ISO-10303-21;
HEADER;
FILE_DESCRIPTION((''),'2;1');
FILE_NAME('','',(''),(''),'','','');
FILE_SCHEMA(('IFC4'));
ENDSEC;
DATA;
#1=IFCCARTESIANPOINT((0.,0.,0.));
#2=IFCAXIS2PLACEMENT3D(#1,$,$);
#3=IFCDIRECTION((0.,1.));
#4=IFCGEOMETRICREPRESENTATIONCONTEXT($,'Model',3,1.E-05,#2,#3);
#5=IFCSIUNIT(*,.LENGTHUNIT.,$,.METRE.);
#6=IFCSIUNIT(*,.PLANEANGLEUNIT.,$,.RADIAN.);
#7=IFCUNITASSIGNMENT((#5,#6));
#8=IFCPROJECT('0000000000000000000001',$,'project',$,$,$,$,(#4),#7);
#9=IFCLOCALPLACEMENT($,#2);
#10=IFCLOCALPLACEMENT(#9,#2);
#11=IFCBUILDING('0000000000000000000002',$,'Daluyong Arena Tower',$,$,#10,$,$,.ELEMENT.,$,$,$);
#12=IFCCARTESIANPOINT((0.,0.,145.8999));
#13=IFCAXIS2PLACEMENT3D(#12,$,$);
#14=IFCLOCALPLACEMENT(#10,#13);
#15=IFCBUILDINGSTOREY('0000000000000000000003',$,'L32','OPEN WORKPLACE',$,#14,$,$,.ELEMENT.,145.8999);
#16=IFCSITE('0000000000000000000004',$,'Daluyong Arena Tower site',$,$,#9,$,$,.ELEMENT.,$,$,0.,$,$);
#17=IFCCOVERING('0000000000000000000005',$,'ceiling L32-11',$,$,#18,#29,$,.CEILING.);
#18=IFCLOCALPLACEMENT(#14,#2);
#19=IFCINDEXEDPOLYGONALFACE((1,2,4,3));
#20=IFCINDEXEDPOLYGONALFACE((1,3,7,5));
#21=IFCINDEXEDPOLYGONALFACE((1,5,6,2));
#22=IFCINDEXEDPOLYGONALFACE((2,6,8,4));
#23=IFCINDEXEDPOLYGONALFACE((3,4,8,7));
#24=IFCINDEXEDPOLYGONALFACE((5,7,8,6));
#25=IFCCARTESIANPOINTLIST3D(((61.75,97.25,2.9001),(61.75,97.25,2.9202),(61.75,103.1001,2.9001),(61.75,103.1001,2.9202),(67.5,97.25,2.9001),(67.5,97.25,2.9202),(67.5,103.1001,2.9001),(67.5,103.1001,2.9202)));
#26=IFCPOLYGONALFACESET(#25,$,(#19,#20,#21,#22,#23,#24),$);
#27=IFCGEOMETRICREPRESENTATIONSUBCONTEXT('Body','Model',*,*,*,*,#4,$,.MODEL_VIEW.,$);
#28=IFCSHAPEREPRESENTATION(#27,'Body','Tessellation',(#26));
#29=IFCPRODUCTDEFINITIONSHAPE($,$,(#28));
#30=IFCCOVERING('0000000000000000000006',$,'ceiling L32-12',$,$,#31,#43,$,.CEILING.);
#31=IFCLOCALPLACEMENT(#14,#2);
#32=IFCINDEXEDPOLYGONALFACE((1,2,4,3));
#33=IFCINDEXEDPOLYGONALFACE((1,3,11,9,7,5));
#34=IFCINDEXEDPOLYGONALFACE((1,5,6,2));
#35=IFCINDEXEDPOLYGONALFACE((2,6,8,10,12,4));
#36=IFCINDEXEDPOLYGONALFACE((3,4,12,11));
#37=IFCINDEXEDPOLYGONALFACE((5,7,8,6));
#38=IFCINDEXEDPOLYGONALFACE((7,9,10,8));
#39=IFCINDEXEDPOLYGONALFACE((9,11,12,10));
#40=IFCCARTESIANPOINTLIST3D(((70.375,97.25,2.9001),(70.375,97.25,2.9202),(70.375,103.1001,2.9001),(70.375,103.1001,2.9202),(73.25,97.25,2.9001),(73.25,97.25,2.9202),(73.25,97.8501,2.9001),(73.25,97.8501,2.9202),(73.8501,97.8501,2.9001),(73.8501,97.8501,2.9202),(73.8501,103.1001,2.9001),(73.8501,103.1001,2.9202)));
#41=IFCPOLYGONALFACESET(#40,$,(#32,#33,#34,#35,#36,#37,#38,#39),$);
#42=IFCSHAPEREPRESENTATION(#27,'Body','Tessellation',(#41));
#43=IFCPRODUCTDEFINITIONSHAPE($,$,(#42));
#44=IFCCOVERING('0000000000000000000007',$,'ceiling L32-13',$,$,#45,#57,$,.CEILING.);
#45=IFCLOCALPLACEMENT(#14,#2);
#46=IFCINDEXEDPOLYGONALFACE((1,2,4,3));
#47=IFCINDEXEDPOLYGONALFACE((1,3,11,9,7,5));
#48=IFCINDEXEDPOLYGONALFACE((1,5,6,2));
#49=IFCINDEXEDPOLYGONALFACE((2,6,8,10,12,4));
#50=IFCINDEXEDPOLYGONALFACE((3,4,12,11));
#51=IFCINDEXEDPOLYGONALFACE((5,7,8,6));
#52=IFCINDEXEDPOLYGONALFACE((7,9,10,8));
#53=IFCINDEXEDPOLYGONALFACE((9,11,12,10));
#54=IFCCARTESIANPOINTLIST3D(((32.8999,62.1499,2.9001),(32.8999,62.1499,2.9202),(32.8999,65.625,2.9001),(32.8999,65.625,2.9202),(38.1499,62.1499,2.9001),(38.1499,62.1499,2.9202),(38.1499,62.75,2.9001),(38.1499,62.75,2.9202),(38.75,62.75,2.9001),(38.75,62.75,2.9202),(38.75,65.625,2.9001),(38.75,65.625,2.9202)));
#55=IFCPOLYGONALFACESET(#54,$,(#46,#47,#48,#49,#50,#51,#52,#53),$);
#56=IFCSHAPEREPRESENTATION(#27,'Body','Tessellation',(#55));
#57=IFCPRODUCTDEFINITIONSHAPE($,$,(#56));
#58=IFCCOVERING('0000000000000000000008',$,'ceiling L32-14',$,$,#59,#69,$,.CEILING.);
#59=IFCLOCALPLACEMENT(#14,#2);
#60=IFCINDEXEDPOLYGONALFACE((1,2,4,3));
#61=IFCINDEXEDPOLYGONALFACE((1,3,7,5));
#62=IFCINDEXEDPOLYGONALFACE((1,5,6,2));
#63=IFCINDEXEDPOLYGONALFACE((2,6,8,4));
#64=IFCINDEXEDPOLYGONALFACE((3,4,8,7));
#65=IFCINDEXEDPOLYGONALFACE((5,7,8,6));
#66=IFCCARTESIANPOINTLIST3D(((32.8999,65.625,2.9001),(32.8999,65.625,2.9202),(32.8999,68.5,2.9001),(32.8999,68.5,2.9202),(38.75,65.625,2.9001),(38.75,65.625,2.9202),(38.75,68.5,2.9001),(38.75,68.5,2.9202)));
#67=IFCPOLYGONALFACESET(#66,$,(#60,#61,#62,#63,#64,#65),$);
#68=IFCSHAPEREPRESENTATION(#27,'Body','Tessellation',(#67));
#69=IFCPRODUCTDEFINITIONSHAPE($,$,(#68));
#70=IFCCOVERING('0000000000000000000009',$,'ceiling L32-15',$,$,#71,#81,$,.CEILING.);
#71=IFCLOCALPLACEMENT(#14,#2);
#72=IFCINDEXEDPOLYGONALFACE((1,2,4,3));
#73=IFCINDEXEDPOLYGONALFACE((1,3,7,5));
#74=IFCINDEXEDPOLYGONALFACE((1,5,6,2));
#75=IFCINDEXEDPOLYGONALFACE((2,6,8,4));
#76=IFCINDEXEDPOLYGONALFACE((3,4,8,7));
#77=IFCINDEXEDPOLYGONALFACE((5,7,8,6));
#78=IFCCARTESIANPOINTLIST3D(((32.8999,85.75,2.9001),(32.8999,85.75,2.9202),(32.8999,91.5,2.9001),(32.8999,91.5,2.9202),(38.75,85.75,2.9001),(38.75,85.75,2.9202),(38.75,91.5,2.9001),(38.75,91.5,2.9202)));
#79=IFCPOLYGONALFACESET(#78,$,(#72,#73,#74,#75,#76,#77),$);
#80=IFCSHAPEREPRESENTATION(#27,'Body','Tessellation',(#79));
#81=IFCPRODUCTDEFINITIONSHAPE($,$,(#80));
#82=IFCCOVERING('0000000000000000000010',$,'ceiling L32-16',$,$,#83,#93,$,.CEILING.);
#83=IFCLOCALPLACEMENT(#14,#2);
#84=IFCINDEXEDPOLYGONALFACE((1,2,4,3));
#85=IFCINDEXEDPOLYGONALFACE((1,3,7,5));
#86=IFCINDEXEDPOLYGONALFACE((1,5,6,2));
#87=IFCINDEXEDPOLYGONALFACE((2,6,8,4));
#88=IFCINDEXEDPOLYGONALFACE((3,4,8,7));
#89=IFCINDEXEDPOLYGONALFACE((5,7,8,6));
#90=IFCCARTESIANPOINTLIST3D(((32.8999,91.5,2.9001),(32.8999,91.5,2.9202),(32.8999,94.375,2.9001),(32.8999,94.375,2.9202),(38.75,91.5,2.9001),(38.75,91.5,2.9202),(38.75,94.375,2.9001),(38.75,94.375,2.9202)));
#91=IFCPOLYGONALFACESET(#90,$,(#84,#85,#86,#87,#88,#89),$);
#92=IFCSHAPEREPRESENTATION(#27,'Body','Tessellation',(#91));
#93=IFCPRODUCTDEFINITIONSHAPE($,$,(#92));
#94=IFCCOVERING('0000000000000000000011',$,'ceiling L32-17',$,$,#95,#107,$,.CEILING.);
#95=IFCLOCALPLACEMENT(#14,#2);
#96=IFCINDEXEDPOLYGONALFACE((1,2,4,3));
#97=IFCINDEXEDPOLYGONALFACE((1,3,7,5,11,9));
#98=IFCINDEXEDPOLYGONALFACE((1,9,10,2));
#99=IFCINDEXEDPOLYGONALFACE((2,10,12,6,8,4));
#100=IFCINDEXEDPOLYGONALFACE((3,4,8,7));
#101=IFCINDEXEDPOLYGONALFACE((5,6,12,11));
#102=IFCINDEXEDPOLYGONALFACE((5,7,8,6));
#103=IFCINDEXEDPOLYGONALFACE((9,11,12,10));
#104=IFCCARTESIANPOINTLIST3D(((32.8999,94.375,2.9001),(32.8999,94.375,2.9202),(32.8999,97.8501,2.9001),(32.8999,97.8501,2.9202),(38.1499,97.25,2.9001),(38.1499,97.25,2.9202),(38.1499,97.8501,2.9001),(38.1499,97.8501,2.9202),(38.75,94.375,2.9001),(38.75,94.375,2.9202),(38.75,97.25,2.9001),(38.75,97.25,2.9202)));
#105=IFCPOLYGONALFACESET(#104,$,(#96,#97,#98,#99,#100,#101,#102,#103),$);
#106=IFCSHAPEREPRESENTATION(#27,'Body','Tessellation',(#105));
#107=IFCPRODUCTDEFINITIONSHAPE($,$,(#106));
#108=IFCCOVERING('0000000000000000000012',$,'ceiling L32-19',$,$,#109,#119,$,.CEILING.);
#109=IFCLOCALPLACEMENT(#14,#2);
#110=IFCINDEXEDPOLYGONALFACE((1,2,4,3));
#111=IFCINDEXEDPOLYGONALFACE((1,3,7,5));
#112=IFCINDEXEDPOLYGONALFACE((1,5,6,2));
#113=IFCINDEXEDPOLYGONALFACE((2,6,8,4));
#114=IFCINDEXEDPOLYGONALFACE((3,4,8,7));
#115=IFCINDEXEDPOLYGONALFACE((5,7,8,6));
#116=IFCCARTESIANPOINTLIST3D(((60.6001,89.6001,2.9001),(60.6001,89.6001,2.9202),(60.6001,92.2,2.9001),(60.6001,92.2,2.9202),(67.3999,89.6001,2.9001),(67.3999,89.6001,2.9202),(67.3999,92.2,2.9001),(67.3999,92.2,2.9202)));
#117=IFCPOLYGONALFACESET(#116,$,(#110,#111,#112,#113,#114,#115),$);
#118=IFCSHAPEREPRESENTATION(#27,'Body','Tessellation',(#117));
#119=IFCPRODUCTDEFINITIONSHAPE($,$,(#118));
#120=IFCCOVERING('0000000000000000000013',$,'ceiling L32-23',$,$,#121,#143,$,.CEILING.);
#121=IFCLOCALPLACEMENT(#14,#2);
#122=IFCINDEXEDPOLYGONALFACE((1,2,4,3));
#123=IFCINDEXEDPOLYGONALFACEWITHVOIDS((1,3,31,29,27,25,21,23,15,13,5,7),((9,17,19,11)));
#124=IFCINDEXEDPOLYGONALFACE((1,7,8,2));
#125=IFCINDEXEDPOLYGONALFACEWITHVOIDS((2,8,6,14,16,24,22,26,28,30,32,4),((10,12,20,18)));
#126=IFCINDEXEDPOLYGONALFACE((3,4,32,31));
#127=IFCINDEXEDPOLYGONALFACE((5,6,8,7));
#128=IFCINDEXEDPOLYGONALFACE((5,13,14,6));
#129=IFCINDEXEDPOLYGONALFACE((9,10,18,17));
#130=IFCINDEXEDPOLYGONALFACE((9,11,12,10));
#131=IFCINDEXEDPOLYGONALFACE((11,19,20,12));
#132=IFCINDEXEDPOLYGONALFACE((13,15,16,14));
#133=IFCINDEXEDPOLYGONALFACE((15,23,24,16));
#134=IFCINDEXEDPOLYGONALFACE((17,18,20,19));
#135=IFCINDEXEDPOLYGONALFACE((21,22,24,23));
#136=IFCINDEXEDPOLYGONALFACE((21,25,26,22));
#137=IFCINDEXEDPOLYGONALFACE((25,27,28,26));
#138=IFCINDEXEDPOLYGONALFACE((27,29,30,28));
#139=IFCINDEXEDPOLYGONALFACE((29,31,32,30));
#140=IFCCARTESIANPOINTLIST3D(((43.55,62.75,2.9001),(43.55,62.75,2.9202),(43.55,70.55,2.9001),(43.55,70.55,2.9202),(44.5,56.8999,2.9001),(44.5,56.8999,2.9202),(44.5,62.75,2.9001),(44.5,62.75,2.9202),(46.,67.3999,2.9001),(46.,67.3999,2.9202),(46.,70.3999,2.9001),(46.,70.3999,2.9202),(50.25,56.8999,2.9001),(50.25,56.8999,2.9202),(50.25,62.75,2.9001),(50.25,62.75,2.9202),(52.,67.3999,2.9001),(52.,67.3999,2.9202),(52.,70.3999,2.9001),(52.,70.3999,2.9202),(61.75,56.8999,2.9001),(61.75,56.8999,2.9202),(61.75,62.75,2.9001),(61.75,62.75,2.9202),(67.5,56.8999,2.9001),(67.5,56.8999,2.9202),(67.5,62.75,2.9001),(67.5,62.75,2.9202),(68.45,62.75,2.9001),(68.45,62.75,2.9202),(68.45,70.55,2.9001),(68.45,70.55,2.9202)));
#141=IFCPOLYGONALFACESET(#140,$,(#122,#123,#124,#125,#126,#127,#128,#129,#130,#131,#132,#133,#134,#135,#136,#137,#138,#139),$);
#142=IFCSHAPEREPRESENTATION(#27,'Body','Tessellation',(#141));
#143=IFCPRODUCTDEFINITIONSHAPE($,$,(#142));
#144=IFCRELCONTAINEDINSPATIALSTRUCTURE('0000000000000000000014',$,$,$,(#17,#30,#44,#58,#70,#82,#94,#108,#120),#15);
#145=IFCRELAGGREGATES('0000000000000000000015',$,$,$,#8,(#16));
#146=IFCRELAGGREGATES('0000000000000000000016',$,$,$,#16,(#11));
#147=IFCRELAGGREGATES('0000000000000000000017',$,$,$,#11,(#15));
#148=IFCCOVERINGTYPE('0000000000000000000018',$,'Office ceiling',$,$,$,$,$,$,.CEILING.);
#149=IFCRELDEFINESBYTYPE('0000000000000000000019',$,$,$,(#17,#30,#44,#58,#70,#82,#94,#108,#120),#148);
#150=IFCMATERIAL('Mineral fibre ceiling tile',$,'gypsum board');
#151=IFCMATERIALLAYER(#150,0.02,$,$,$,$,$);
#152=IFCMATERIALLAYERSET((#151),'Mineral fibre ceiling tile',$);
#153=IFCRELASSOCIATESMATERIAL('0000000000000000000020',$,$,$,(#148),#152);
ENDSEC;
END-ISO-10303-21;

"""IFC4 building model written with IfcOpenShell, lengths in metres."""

from ifc_helpers import new_model, si_unit, direction, frame, origin, place, context, subcontext, project, spatial, polyline, outline, extrude, material, layer, layer_set, type_object, element, save


model = new_model("IFC4")

# Units and contexts
model_context = context("Model", 3, precision=1e-05, world=origin(), true_north=direction((0.0, 1.0)))
body_context = subcontext(model_context, "Body", "Model", "MODEL_VIEW")
ifc_project = project(units=[si_unit("LENGTHUNIT", "METRE"), si_unit("PLANEANGLEUNIT", "RADIAN")], contexts=[model_context])

# Site, building, storey
site_placement = place(None, origin())
site = spatial("IfcSite", under=ifc_project, at=site_placement, Name="Daluyong Arena Tower site", CompositionType="ELEMENT", RefElevation=0.0)
building_placement = place(site_placement, origin())
building = spatial("IfcBuilding", under=site, at=building_placement, Name="Daluyong Arena Tower", CompositionType="ELEMENT")
storey_placement = place(building_placement, frame((0.0, 0.0, 145.8999)))
storey = spatial("IfcBuildingStorey", under=building, at=storey_placement, Name="L32", Description="OPEN WORKPLACE", CompositionType="ELEMENT", Elevation=145.8999)

# Coverings
ifc_material_1 = material(Name="Mineral fibre ceiling tile", Category="gypsum board")
ifc_layer_1 = layer(ifc_material_1, 0.02)
ifc_layer_set_1 = layer_set([ifc_layer_1], Name="Mineral fibre ceiling tile")
covering_type = type_object("IfcCoveringType", Name="Office ceiling", PredefinedType="CEILING", material=ifc_layer_set_1)
covering_1_placement = place(storey_placement, frame((0.0, 0.0, 2.9001)))
element("IfcCovering", 1, at=covering_1_placement, inside=storey, type_object=covering_type, Name="ceiling L32-11", PredefinedType="CEILING", context=body_context, shape_type="SweptSolid", body=[
    extrude(outline(polyline([(67.5, 97.25), (67.5, 103.1001), (61.75, 103.1001), (61.75, 97.25), (67.5, 97.25)])), origin(), (0.0, 0.0, 1.0), 0.02),
])
covering_2_placement = place(storey_placement, frame((0.0, 0.0, 2.9001)))
element("IfcCovering", 2, at=covering_2_placement, inside=storey, type_object=covering_type, Name="ceiling L32-12", PredefinedType="CEILING", context=body_context, shape_type="SweptSolid", body=[
    extrude(outline(polyline([(70.375, 97.25), (73.25, 97.25), (73.25, 97.8501), (73.8501, 97.8501), (73.8501, 103.1001), (70.375, 103.1001), (70.375, 97.25)])), origin(), (0.0, 0.0, 1.0), 0.02),
])
covering_3_placement = place(storey_placement, frame((0.0, 0.0, 2.9001)))
element("IfcCovering", 3, at=covering_3_placement, inside=storey, type_object=covering_type, Name="ceiling L32-13", PredefinedType="CEILING", context=body_context, shape_type="SweptSolid", body=[
    extrude(outline(polyline([(32.8999, 62.1499), (38.1499, 62.1499), (38.1499, 62.75), (38.75, 62.75), (38.75, 65.625), (32.8999, 65.625), (32.8999, 62.1499)])), origin(), (0.0, 0.0, 1.0), 0.02),
])
covering_4_placement = place(storey_placement, frame((0.0, 0.0, 2.9001)))
element("IfcCovering", 4, at=covering_4_placement, inside=storey, type_object=covering_type, Name="ceiling L32-14", PredefinedType="CEILING", context=body_context, shape_type="SweptSolid", body=[
    extrude(outline(polyline([(38.75, 68.5), (32.8999, 68.5), (32.8999, 65.625), (38.75, 65.625), (38.75, 68.5)])), origin(), (0.0, 0.0, 1.0), 0.02),
])
covering_5_placement = place(storey_placement, frame((0.0, 0.0, 2.9001)))
element("IfcCovering", 5, at=covering_5_placement, inside=storey, type_object=covering_type, Name="ceiling L32-15", PredefinedType="CEILING", context=body_context, shape_type="SweptSolid", body=[
    extrude(outline(polyline([(38.75, 91.5), (32.8999, 91.5), (32.8999, 85.75), (38.75, 85.75), (38.75, 91.5)])), origin(), (0.0, 0.0, 1.0), 0.02),
])
covering_6_placement = place(storey_placement, frame((0.0, 0.0, 2.9001)))
element("IfcCovering", 6, at=covering_6_placement, inside=storey, type_object=covering_type, Name="ceiling L32-16", PredefinedType="CEILING", context=body_context, shape_type="SweptSolid", body=[
    extrude(outline(polyline([(38.75, 94.375), (32.8999, 94.375), (32.8999, 91.5), (38.75, 91.5), (38.75, 94.375)])), origin(), (0.0, 0.0, 1.0), 0.02),
])
covering_7_placement = place(storey_placement, frame((0.0, 0.0, 2.9001)))
element("IfcCovering", 7, at=covering_7_placement, inside=storey, type_object=covering_type, Name="ceiling L32-17", PredefinedType="CEILING", context=body_context, shape_type="SweptSolid", body=[
    extrude(outline(polyline([(38.75, 94.375), (38.75, 97.25), (38.1499, 97.25), (38.1499, 97.8501), (32.8999, 97.8501), (32.8999, 94.375), (38.75, 94.375)])), origin(), (0.0, 0.0, 1.0), 0.02),
])
covering_8_placement = place(storey_placement, frame((0.0, 0.0, 2.9001)))
element("IfcCovering", 8, at=covering_8_placement, inside=storey, type_object=covering_type, Name="ceiling L32-19", PredefinedType="CEILING", context=body_context, shape_type="SweptSolid", body=[
    extrude(outline(polyline([(60.6001, 89.6001), (67.3999, 89.6001), (67.3999, 92.2), (60.6001, 92.2), (60.6001, 89.6001)])), origin(), (0.0, 0.0, 1.0), 0.02),
])
covering_9_placement = place(storey_placement, frame((0.0, 0.0, 2.9001)))
element("IfcCovering", 9, at=covering_9_placement, inside=storey, type_object=covering_type, Name="ceiling L32-23", PredefinedType="CEILING", context=body_context, shape_type="SweptSolid", body=[
    extrude(outline(polyline([(67.5, 62.75), (68.45, 62.75), (68.45, 70.55), (43.55, 70.55), (43.55, 62.75), (44.5, 62.75), (44.5, 56.8999), (50.25, 56.8999), (50.25, 62.75), (61.75, 62.75), (61.75, 56.8999), (67.5, 56.8999), (67.5, 62.75)]), holes=[polyline([(46.0, 67.3999), (46.0, 70.3999), (52.0, 70.3999), (52.0, 67.3999), (46.0, 67.3999)])]), origin(), (0.0, 0.0, 1.0), 0.02),
])

save(model, "model.ifc")
